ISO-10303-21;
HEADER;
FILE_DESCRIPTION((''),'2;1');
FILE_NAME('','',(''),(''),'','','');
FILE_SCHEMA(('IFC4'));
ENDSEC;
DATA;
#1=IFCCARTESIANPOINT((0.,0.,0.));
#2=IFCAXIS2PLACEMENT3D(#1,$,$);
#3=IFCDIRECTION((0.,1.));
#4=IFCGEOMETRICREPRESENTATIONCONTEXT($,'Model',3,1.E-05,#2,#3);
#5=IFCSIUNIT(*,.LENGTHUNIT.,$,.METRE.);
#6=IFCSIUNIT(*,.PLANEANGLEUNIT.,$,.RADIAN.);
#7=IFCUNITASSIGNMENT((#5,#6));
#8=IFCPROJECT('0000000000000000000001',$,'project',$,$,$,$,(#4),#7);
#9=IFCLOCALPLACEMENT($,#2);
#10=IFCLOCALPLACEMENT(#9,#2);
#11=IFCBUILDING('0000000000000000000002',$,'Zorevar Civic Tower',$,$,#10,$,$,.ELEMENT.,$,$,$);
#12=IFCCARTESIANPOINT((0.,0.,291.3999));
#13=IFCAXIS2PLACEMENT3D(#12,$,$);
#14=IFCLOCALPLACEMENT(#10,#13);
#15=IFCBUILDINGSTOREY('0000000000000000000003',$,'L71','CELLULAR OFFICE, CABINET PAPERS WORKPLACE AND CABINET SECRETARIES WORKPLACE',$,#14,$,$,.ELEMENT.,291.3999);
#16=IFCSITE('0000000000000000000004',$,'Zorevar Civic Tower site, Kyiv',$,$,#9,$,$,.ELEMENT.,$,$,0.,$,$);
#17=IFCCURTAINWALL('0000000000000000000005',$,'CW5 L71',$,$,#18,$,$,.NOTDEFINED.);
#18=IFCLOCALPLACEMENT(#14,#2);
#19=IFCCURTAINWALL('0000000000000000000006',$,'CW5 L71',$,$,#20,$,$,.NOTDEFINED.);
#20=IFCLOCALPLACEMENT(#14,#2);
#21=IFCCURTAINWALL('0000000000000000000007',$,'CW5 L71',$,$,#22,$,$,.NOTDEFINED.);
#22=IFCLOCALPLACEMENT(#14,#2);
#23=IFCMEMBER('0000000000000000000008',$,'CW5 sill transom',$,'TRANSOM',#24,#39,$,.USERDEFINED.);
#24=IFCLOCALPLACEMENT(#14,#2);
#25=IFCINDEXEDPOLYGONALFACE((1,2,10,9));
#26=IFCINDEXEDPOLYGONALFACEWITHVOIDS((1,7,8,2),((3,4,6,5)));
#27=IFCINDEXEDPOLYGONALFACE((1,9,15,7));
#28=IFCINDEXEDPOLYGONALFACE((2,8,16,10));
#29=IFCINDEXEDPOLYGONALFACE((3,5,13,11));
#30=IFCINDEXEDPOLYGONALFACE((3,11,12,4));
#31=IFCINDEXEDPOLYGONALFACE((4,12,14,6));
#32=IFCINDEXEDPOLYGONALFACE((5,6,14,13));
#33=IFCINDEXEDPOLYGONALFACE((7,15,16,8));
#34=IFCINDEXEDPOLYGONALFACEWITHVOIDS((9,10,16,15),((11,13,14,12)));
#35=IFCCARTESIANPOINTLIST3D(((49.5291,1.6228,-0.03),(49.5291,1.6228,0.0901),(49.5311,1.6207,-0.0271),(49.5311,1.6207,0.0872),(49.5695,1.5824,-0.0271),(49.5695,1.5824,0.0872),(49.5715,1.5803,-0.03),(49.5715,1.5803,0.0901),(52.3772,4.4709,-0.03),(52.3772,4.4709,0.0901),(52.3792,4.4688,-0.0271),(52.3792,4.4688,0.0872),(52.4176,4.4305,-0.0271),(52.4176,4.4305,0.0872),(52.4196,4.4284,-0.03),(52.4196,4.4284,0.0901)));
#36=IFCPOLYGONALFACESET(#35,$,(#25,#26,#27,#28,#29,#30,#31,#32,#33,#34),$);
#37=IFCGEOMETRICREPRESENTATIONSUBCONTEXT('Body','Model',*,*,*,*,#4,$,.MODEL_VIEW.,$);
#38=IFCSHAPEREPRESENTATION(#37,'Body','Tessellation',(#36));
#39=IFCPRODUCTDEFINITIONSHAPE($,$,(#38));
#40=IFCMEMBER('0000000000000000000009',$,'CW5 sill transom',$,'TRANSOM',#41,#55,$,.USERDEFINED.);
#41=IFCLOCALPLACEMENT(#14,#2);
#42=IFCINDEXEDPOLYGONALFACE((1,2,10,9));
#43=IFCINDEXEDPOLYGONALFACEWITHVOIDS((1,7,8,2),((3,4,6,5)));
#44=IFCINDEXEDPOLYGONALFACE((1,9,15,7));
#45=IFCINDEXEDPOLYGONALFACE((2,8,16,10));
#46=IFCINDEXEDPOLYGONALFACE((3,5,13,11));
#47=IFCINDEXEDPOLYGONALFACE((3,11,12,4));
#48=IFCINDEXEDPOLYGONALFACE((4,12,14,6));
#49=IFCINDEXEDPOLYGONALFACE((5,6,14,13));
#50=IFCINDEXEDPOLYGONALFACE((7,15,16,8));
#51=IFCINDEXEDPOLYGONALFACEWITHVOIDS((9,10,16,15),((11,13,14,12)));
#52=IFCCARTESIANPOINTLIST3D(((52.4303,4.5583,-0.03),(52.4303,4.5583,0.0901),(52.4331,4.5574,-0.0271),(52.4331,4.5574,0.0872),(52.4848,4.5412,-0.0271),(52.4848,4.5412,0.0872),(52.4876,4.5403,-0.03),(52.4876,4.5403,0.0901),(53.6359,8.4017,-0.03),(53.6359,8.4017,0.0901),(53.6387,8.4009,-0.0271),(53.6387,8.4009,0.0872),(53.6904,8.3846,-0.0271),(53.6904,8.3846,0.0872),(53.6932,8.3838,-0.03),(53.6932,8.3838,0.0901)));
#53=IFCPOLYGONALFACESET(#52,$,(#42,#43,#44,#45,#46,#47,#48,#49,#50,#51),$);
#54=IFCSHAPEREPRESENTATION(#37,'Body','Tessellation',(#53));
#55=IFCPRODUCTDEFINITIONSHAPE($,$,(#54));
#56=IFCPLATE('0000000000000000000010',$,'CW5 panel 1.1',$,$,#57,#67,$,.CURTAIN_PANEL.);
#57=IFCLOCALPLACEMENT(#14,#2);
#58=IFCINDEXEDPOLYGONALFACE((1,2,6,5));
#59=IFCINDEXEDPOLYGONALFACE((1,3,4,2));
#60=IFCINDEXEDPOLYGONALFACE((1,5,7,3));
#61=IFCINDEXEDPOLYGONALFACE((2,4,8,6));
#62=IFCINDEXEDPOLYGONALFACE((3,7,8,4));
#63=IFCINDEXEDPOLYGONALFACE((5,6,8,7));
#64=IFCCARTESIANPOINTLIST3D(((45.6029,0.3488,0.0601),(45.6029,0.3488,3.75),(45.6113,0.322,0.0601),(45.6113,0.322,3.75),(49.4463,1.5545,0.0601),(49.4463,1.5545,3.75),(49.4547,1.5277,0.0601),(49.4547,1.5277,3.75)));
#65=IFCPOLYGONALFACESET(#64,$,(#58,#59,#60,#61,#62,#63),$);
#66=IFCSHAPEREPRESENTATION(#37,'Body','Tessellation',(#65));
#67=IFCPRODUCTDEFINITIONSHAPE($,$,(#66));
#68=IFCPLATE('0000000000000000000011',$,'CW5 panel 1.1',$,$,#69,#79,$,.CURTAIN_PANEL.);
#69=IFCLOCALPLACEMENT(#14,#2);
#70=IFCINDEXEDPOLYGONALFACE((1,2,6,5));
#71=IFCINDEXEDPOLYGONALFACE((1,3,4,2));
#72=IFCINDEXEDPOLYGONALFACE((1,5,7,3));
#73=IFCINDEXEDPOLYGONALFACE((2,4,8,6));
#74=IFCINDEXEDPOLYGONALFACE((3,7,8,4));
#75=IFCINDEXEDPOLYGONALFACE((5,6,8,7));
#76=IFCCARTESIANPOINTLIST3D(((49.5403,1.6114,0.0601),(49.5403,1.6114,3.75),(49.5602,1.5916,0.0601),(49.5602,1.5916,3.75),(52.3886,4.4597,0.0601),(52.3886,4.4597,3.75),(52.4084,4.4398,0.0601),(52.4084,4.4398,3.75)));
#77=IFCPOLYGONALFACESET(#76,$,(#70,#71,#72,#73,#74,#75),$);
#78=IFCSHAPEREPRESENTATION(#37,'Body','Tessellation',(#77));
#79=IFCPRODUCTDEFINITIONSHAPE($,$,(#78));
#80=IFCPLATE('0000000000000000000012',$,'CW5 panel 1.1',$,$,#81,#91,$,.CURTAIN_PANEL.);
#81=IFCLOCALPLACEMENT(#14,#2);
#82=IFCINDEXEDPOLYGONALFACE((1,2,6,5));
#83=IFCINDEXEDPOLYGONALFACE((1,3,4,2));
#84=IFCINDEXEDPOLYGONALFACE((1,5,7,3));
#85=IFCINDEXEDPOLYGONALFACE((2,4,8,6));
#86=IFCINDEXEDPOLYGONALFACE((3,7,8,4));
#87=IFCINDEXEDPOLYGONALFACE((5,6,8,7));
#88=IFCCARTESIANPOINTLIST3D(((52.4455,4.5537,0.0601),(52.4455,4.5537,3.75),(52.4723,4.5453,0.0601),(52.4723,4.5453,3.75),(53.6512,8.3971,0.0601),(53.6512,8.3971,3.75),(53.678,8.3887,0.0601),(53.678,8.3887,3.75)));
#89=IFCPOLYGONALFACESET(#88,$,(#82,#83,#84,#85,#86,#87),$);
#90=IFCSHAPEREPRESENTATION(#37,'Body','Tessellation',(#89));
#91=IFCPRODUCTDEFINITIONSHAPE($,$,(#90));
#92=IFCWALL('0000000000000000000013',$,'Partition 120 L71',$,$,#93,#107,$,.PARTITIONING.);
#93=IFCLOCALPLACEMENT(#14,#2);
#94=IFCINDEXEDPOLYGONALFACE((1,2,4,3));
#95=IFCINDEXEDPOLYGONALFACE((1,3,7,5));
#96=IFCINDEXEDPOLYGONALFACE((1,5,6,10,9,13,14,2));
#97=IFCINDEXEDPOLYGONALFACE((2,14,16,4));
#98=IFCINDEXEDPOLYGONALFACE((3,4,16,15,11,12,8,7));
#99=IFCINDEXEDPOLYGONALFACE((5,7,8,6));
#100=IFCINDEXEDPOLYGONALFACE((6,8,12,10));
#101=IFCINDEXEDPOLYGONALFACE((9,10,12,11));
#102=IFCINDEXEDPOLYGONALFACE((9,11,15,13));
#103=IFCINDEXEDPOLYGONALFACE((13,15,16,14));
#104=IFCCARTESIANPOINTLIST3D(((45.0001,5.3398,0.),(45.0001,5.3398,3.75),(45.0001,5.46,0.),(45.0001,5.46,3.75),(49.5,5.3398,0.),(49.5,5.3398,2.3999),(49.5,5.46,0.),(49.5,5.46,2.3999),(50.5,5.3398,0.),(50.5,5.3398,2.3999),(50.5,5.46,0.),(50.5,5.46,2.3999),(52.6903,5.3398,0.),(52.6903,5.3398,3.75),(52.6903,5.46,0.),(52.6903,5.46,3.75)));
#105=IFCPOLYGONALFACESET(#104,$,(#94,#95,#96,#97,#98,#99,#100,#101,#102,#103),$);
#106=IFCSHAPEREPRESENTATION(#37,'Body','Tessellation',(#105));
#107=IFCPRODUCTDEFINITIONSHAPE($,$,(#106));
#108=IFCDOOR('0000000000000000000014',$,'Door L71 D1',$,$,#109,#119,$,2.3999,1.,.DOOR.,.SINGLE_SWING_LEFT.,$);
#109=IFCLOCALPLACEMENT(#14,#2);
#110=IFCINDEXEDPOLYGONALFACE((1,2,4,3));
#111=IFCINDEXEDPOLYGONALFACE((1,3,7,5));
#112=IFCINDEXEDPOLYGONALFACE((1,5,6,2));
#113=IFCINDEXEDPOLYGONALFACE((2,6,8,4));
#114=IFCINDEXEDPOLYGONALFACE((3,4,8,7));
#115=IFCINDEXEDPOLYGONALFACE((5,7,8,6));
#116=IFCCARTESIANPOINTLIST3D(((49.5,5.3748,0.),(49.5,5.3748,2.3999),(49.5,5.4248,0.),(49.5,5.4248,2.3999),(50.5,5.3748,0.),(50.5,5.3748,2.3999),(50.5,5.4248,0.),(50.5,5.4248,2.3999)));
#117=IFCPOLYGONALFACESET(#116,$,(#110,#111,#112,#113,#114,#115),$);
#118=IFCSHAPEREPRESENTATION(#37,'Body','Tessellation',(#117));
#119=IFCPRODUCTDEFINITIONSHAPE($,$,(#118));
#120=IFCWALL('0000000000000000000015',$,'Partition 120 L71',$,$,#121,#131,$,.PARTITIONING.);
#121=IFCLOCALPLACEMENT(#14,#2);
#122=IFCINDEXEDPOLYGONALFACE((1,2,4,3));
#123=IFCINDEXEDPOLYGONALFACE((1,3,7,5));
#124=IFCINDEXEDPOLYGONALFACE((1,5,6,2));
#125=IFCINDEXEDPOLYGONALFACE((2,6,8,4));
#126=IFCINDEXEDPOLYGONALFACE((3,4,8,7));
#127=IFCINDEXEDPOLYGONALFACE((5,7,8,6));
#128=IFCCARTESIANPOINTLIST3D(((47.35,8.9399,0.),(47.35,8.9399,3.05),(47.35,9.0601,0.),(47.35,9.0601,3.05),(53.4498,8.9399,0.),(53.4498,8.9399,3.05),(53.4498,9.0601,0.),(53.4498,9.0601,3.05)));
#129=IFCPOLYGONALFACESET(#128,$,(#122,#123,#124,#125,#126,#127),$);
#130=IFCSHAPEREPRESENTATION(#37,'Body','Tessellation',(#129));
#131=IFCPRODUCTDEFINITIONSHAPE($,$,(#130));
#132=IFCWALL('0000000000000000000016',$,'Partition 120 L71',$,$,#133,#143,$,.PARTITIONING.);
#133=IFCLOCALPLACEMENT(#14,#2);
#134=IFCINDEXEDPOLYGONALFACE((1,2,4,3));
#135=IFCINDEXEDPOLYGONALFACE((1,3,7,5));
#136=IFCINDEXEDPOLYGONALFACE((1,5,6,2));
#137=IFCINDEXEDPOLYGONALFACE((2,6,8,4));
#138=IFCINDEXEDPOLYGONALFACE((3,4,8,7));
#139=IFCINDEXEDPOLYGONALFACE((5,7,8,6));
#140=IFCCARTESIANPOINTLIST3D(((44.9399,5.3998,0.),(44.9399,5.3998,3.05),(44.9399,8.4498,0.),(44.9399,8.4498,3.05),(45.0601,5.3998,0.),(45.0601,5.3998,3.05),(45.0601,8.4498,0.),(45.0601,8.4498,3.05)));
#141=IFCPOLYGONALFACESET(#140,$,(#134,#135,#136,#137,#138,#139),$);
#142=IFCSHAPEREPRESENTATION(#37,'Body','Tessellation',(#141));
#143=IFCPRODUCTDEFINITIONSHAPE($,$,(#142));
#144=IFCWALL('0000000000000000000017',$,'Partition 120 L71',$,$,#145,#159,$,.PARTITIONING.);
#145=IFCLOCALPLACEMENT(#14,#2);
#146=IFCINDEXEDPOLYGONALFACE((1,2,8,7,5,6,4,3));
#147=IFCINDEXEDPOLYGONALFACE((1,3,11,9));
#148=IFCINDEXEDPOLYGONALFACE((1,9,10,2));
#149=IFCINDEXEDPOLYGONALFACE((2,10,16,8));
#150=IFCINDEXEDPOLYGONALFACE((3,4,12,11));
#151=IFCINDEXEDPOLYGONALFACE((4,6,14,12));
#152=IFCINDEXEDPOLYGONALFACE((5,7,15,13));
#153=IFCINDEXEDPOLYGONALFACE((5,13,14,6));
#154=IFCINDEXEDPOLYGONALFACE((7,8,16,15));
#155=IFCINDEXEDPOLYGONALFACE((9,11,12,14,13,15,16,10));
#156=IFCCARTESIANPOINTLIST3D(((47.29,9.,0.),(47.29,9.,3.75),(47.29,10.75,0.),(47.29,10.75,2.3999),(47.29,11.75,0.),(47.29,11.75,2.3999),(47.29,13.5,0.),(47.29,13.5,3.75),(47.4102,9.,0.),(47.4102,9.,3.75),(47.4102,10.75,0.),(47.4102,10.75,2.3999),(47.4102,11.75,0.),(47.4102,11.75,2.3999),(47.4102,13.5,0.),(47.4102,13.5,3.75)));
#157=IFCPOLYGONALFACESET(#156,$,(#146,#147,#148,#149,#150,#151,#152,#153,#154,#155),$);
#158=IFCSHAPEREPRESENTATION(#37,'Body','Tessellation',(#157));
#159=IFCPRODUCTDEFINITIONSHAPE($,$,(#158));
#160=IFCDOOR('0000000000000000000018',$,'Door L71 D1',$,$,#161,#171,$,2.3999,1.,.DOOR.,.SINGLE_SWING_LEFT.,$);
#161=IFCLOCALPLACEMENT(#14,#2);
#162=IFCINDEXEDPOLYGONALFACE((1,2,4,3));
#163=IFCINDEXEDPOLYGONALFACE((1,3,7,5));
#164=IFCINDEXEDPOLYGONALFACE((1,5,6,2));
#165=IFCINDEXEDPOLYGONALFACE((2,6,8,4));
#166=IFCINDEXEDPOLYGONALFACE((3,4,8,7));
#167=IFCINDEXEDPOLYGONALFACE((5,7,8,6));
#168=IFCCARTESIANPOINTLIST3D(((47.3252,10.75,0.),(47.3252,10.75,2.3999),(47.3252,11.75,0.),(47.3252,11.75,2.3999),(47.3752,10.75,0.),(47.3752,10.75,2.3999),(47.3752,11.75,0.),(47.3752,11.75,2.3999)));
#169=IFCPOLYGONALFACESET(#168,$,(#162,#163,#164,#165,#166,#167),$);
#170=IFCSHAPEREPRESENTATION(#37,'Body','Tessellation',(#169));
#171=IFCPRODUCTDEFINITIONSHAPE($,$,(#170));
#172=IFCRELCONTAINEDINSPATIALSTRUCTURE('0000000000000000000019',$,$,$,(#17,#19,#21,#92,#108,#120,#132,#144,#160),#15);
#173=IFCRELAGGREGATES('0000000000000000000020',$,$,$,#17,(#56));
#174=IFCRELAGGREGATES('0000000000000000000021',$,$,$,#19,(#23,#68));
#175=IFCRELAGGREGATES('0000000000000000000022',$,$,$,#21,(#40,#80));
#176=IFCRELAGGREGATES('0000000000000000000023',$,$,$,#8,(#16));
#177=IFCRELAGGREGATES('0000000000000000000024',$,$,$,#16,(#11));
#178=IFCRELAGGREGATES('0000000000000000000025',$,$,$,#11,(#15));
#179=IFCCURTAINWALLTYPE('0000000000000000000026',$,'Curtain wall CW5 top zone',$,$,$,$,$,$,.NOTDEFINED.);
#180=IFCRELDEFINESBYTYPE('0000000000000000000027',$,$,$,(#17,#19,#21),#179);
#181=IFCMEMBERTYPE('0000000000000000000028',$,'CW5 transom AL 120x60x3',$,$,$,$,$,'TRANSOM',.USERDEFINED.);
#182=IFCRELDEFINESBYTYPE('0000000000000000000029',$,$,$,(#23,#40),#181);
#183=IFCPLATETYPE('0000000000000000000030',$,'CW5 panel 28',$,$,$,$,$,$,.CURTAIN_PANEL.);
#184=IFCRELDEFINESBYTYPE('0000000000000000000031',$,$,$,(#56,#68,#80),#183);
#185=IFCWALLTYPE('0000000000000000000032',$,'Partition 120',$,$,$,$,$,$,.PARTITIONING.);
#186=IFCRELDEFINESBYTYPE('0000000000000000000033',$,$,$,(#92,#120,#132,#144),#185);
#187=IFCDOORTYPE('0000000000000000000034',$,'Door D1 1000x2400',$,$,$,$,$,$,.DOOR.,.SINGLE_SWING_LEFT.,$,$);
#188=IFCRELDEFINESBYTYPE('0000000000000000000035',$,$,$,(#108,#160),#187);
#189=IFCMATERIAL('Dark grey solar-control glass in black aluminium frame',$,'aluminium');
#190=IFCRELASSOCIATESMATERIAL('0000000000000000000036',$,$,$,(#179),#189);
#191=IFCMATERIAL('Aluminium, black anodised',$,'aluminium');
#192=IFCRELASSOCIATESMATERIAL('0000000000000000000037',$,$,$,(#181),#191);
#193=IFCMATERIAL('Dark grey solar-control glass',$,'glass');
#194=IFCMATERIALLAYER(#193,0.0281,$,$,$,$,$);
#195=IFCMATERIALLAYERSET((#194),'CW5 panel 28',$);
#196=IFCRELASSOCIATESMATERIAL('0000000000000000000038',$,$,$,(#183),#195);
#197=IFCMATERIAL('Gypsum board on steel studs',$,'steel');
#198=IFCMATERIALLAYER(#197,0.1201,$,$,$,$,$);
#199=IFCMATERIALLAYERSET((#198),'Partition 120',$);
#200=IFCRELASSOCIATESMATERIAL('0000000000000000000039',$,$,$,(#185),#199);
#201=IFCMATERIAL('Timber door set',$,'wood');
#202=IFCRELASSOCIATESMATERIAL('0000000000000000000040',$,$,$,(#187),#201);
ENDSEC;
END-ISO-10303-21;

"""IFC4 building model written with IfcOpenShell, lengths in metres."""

from ifc_helpers import new_model, si_unit, direction, frame, frame_2d, origin, origin_2d, place, context, subcontext, project, spatial, rectangle, hollow_rectangle, extrude, material, layer, layer_set, material_profile, profile_set, type_object, element, fill, aggregate, save


model = new_model("IFC4")

# Units and contexts
model_context = context("Model", 3, precision=1e-05, world=origin(), true_north=direction((0.0, 1.0)))
body_context = subcontext(model_context, "Body", "Model", "MODEL_VIEW")
ifc_project = project(units=[si_unit("LENGTHUNIT", "METRE"), si_unit("PLANEANGLEUNIT", "RADIAN")], contexts=[model_context])

# Site, building, storey
site_placement = place(None, origin())
site = spatial("IfcSite", under=ifc_project, at=site_placement, Name="Zorevar Civic Tower site, Kyiv", CompositionType="ELEMENT", RefElevation=0.0)
building_placement = place(site_placement, origin())
building = spatial("IfcBuilding", under=site, at=building_placement, Name="Zorevar Civic Tower", CompositionType="ELEMENT")
storey_placement = place(building_placement, frame((0.0, 0.0, 291.3999)))
storey = spatial("IfcBuildingStorey", under=building, at=storey_placement, Name="L71", Description="CELLULAR OFFICE, CABINET PAPERS WORKPLACE AND CABINET SECRETARIES WORKPLACE", CompositionType="ELEMENT", Elevation=291.3999)

# Curtain walls
ifc_material_1 = material(Name="Dark grey solar-control glass in black aluminium frame", Category="aluminium")
curtain_wall_type = type_object("IfcCurtainWallType", Name="Curtain wall CW5 top zone", PredefinedType="NOTDEFINED", material=ifc_material_1)
curtain_wall_1_placement = place(storey_placement, origin())
curtain_wall_1 = element("IfcCurtainWall", 1, at=curtain_wall_1_placement, inside=storey, type_object=curtain_wall_type, Name="CW5 L71", PredefinedType="NOTDEFINED")
curtain_wall_2_placement = place(storey_placement, origin())
curtain_wall_2 = element("IfcCurtainWall", 2, at=curtain_wall_2_placement, inside=storey, type_object=curtain_wall_type, Name="CW5 L71", PredefinedType="NOTDEFINED")
curtain_wall_3_placement = place(storey_placement, origin())
curtain_wall_3 = element("IfcCurtainWall", 3, at=curtain_wall_3_placement, inside=storey, type_object=curtain_wall_type, Name="CW5 L71", PredefinedType="NOTDEFINED")

# Members
ifc_material_2 = material(Name="Aluminium, black anodised", Category="aluminium")
ifc_material_profile_1 = material_profile(ifc_material_2, hollow_rectangle(XDim=0.0601, YDim=0.1201, WallThickness=0.0029, at=origin_2d()), Name="AL 120x60x3")
ifc_profile_set_1 = profile_set([ifc_material_profile_1], Name="Aluminium, black anodised")
member_type_1 = type_object("IfcMemberType", Name="CW5 transom AL 120x60x3", ElementType="TRANSOM", PredefinedType="USERDEFINED", material=ifc_profile_set_1)
member_1_placement = place(storey_placement, frame((49.5503, 1.6016, 0.03), z_axis=(0.707107, 0.707107, 0.0), x_axis=(-0.707107, 0.707107, 0.0)))
member_1 = element("IfcMember", 4, at=member_1_placement, type_object=member_type_1, Name="CW5 sill transom", ObjectType="TRANSOM", PredefinedType="USERDEFINED", context=body_context, shape_type="SweptSolid", body=[
    extrude(hollow_rectangle(XDim=0.0601, YDim=0.1201, WallThickness=0.0029, at=origin_2d()), origin(), (0.0, 0.0, 1.0), 4.0278),
])
member_2_placement = place(storey_placement, frame((52.459, 4.5493, 0.03), z_axis=(0.299286, 0.954163, 0.0), x_axis=(-0.954163, 0.299286, 0.0)))
member_2 = element("IfcMember", 5, at=member_2_placement, type_object=member_type_1, Name="CW5 sill transom", ObjectType="TRANSOM", PredefinedType="USERDEFINED", context=body_context, shape_type="SweptSolid", body=[
    extrude(hollow_rectangle(XDim=0.0601, YDim=0.1201, WallThickness=0.0029, at=origin_2d()), origin(), (0.0, 0.0, 1.0), 4.0281),
])

# Plates
ifc_material_3 = material(Name="Dark grey solar-control glass", Category="glass")
ifc_layer_1 = layer(ifc_material_3, 0.0281)
ifc_layer_set_1 = layer_set([ifc_layer_1], Name="CW5 panel 28")
plate_type = type_object("IfcPlateType", Name="CW5 panel 28", PredefinedType="CURTAIN_PANEL", material=ifc_layer_set_1)
plate_1_placement = place(storey_placement, frame((47.5288, 0.9382, 0.0601), z_axis=(0.0, 0.0, 1.0), x_axis=(0.954153, 0.299318, 0.0)))
plate_1 = element("IfcPlate", 6, at=plate_1_placement, type_object=plate_type, Name="CW5 panel 1.1", PredefinedType="CURTAIN_PANEL", context=body_context, shape_type="SweptSolid", body=[
    extrude(rectangle(XDim=4.0281, YDim=0.0281, at=origin_2d()), origin(), (0.0, 0.0, 1.0), 3.6899),
])
aggregate(curtain_wall_1, [plate_1])
plate_2_placement = place(storey_placement, frame((50.9744, 3.0256, 0.0601), z_axis=(0.0, 0.0, 1.0), x_axis=(0.707107, 0.707107, 0.0)))
plate_2 = element("IfcPlate", 7, at=plate_2_placement, type_object=plate_type, Name="CW5 panel 1.1", PredefinedType="CURTAIN_PANEL", context=body_context, shape_type="SweptSolid", body=[
    extrude(rectangle(XDim=4.0281, YDim=0.0281, at=origin_2d()), origin(), (0.0, 0.0, 1.0), 3.6899),
])
aggregate(curtain_wall_2, [member_1, plate_2])
plate_3_placement = place(storey_placement, frame((53.0618, 6.4712, 0.0601), z_axis=(0.0, 0.0, 1.0), x_axis=(0.299318, 0.954153, 0.0)))
plate_3 = element("IfcPlate", 8, at=plate_3_placement, type_object=plate_type, Name="CW5 panel 1.1", PredefinedType="CURTAIN_PANEL", context=body_context, shape_type="SweptSolid", body=[
    extrude(rectangle(XDim=4.0281, YDim=0.0281, at=origin_2d()), origin(), (0.0, 0.0, 1.0), 3.6899),
])
aggregate(curtain_wall_3, [member_2, plate_3])

# Wall, opening, door
ifc_material_4 = material(Name="Gypsum board on steel studs", Category="steel")
ifc_layer_2 = layer(ifc_material_4, 0.1201)
ifc_layer_set_2 = layer_set([ifc_layer_2], Name="Partition 120")
wall_type = type_object("IfcWallType", Name="Partition 120", PredefinedType="PARTITIONING", material=ifc_layer_set_2)
wall_1_placement = place(storey_placement, frame((45.0, 5.3999, 0.0), z_axis=(0.0, 0.0, 1.0), x_axis=(1.0, 0.0, 0.0)))
wall_1 = element("IfcWall", 9, at=wall_1_placement, inside=storey, type_object=wall_type, Name="Partition 120 L71", PredefinedType="PARTITIONING", context=body_context, shape_type="SweptSolid", body=[
    extrude(rectangle(XDim=7.6902, YDim=0.1201, at=frame_2d((3.8452, 0.0))), origin(), (0.0, 0.0, 1.0), 3.75),
])
opening_1_placement = place(wall_1_placement, frame((4.5, 0.0, 0.0)))
opening_1 = element("IfcOpeningElement", 10, at=opening_1_placement, cuts=wall_1, PredefinedType="OPENING", context=body_context, shape_type="SweptSolid", body=[
    extrude(rectangle(XDim=1.0, YDim=2.3999, at=frame_2d((0.5, 1.2))), frame((0.0, 0.0701, 0.0), z_axis=(0.0, -1.0, 0.0), x_axis=(1.0, 0.0, 0.0)), (0.0, 0.0, 1.0), 0.1401),
])
ifc_material_5 = material(Name="Timber door set", Category="wood")
door_type = type_object("IfcDoorType", Name="Door D1 1000x2400", OperationType="SINGLE_SWING_LEFT", PredefinedType="DOOR", material=ifc_material_5)
door_1_placement = place(opening_1_placement, origin())
door_1 = element("IfcDoor", 11, at=door_1_placement, inside=storey, type_object=door_type, Name="Door L71 D1", OperationType="SINGLE_SWING_LEFT", OverallHeight=2.3999, OverallWidth=1.0, PredefinedType="DOOR", context=body_context, shape_type="SweptSolid", body=[
    extrude(rectangle(XDim=1.0, YDim=2.3999, at=frame_2d((0.5, 1.2))), frame((0.0, 0.0249, 0.0), z_axis=(0.0, -1.0, 0.0), x_axis=(1.0, 0.0, 0.0)), (0.0, 0.0, 1.0), 0.05),
])
fill(opening_1, door_1)

# Walls
wall_2_placement = place(storey_placement, frame((47.3501, 9.0, 0.0), z_axis=(0.0, 0.0, 1.0), x_axis=(1.0, 0.0, 0.0)))
element("IfcWall", 12, at=wall_2_placement, inside=storey, type_object=wall_type, Name="Partition 120 L71", PredefinedType="PARTITIONING", context=body_context, shape_type="SweptSolid", body=[
    extrude(rectangle(XDim=6.0999, YDim=0.1201, at=frame_2d((3.0498, 0.0))), origin(), (0.0, 0.0, 1.0), 3.05),
])
wall_3_placement = place(storey_placement, frame((45.0, 5.3999, 0.0), z_axis=(0.0, 0.0, 1.0), x_axis=(0.0, 1.0, 0.0)))
element("IfcWall", 13, at=wall_3_placement, inside=storey, type_object=wall_type, Name="Partition 120 L71", PredefinedType="PARTITIONING", context=body_context, shape_type="SweptSolid", body=[
    extrude(rectangle(XDim=3.05, YDim=0.1201, at=frame_2d((1.5249, 0.0))), origin(), (0.0, 0.0, 1.0), 3.05),
])

# Wall, opening, door
wall_4_placement = place(storey_placement, frame((47.3501, 9.0, 0.0), z_axis=(0.0, 0.0, 1.0), x_axis=(0.0, 1.0, 0.0)))
wall_4 = element("IfcWall", 14, at=wall_4_placement, inside=storey, type_object=wall_type, Name="Partition 120 L71", PredefinedType="PARTITIONING", context=body_context, shape_type="SweptSolid", body=[
    extrude(rectangle(XDim=4.5, YDim=0.1201, at=frame_2d((2.25, 0.0))), origin(), (0.0, 0.0, 1.0), 3.75),
])
opening_2_placement = place(wall_4_placement, frame((1.75, 0.0, 0.0)))
opening_2 = element("IfcOpeningElement", 15, at=opening_2_placement, cuts=wall_4, PredefinedType="OPENING", context=body_context, shape_type="SweptSolid", body=[
    extrude(rectangle(XDim=1.0, YDim=2.3999, at=frame_2d((0.5, 1.2))), frame((0.0, 0.0701, 0.0), z_axis=(0.0, -1.0, 0.0), x_axis=(1.0, 0.0, 0.0)), (0.0, 0.0, 1.0), 0.1401),
])
door_2_placement = place(opening_2_placement, origin())
door_2 = element("IfcDoor", 16, at=door_2_placement, inside=storey, type_object=door_type, Name="Door L71 D1", OperationType="SINGLE_SWING_LEFT", OverallHeight=2.3999, OverallWidth=1.0, PredefinedType="DOOR", context=body_context, shape_type="SweptSolid", body=[
    extrude(rectangle(XDim=1.0, YDim=2.3999, at=frame_2d((0.5, 1.2))), frame((0.0, 0.0249, 0.0), z_axis=(0.0, -1.0, 0.0), x_axis=(1.0, 0.0, 0.0)), (0.0, 0.0, 1.0), 0.05),
])
fill(opening_2, door_2)

save(model, "model.ifc")
